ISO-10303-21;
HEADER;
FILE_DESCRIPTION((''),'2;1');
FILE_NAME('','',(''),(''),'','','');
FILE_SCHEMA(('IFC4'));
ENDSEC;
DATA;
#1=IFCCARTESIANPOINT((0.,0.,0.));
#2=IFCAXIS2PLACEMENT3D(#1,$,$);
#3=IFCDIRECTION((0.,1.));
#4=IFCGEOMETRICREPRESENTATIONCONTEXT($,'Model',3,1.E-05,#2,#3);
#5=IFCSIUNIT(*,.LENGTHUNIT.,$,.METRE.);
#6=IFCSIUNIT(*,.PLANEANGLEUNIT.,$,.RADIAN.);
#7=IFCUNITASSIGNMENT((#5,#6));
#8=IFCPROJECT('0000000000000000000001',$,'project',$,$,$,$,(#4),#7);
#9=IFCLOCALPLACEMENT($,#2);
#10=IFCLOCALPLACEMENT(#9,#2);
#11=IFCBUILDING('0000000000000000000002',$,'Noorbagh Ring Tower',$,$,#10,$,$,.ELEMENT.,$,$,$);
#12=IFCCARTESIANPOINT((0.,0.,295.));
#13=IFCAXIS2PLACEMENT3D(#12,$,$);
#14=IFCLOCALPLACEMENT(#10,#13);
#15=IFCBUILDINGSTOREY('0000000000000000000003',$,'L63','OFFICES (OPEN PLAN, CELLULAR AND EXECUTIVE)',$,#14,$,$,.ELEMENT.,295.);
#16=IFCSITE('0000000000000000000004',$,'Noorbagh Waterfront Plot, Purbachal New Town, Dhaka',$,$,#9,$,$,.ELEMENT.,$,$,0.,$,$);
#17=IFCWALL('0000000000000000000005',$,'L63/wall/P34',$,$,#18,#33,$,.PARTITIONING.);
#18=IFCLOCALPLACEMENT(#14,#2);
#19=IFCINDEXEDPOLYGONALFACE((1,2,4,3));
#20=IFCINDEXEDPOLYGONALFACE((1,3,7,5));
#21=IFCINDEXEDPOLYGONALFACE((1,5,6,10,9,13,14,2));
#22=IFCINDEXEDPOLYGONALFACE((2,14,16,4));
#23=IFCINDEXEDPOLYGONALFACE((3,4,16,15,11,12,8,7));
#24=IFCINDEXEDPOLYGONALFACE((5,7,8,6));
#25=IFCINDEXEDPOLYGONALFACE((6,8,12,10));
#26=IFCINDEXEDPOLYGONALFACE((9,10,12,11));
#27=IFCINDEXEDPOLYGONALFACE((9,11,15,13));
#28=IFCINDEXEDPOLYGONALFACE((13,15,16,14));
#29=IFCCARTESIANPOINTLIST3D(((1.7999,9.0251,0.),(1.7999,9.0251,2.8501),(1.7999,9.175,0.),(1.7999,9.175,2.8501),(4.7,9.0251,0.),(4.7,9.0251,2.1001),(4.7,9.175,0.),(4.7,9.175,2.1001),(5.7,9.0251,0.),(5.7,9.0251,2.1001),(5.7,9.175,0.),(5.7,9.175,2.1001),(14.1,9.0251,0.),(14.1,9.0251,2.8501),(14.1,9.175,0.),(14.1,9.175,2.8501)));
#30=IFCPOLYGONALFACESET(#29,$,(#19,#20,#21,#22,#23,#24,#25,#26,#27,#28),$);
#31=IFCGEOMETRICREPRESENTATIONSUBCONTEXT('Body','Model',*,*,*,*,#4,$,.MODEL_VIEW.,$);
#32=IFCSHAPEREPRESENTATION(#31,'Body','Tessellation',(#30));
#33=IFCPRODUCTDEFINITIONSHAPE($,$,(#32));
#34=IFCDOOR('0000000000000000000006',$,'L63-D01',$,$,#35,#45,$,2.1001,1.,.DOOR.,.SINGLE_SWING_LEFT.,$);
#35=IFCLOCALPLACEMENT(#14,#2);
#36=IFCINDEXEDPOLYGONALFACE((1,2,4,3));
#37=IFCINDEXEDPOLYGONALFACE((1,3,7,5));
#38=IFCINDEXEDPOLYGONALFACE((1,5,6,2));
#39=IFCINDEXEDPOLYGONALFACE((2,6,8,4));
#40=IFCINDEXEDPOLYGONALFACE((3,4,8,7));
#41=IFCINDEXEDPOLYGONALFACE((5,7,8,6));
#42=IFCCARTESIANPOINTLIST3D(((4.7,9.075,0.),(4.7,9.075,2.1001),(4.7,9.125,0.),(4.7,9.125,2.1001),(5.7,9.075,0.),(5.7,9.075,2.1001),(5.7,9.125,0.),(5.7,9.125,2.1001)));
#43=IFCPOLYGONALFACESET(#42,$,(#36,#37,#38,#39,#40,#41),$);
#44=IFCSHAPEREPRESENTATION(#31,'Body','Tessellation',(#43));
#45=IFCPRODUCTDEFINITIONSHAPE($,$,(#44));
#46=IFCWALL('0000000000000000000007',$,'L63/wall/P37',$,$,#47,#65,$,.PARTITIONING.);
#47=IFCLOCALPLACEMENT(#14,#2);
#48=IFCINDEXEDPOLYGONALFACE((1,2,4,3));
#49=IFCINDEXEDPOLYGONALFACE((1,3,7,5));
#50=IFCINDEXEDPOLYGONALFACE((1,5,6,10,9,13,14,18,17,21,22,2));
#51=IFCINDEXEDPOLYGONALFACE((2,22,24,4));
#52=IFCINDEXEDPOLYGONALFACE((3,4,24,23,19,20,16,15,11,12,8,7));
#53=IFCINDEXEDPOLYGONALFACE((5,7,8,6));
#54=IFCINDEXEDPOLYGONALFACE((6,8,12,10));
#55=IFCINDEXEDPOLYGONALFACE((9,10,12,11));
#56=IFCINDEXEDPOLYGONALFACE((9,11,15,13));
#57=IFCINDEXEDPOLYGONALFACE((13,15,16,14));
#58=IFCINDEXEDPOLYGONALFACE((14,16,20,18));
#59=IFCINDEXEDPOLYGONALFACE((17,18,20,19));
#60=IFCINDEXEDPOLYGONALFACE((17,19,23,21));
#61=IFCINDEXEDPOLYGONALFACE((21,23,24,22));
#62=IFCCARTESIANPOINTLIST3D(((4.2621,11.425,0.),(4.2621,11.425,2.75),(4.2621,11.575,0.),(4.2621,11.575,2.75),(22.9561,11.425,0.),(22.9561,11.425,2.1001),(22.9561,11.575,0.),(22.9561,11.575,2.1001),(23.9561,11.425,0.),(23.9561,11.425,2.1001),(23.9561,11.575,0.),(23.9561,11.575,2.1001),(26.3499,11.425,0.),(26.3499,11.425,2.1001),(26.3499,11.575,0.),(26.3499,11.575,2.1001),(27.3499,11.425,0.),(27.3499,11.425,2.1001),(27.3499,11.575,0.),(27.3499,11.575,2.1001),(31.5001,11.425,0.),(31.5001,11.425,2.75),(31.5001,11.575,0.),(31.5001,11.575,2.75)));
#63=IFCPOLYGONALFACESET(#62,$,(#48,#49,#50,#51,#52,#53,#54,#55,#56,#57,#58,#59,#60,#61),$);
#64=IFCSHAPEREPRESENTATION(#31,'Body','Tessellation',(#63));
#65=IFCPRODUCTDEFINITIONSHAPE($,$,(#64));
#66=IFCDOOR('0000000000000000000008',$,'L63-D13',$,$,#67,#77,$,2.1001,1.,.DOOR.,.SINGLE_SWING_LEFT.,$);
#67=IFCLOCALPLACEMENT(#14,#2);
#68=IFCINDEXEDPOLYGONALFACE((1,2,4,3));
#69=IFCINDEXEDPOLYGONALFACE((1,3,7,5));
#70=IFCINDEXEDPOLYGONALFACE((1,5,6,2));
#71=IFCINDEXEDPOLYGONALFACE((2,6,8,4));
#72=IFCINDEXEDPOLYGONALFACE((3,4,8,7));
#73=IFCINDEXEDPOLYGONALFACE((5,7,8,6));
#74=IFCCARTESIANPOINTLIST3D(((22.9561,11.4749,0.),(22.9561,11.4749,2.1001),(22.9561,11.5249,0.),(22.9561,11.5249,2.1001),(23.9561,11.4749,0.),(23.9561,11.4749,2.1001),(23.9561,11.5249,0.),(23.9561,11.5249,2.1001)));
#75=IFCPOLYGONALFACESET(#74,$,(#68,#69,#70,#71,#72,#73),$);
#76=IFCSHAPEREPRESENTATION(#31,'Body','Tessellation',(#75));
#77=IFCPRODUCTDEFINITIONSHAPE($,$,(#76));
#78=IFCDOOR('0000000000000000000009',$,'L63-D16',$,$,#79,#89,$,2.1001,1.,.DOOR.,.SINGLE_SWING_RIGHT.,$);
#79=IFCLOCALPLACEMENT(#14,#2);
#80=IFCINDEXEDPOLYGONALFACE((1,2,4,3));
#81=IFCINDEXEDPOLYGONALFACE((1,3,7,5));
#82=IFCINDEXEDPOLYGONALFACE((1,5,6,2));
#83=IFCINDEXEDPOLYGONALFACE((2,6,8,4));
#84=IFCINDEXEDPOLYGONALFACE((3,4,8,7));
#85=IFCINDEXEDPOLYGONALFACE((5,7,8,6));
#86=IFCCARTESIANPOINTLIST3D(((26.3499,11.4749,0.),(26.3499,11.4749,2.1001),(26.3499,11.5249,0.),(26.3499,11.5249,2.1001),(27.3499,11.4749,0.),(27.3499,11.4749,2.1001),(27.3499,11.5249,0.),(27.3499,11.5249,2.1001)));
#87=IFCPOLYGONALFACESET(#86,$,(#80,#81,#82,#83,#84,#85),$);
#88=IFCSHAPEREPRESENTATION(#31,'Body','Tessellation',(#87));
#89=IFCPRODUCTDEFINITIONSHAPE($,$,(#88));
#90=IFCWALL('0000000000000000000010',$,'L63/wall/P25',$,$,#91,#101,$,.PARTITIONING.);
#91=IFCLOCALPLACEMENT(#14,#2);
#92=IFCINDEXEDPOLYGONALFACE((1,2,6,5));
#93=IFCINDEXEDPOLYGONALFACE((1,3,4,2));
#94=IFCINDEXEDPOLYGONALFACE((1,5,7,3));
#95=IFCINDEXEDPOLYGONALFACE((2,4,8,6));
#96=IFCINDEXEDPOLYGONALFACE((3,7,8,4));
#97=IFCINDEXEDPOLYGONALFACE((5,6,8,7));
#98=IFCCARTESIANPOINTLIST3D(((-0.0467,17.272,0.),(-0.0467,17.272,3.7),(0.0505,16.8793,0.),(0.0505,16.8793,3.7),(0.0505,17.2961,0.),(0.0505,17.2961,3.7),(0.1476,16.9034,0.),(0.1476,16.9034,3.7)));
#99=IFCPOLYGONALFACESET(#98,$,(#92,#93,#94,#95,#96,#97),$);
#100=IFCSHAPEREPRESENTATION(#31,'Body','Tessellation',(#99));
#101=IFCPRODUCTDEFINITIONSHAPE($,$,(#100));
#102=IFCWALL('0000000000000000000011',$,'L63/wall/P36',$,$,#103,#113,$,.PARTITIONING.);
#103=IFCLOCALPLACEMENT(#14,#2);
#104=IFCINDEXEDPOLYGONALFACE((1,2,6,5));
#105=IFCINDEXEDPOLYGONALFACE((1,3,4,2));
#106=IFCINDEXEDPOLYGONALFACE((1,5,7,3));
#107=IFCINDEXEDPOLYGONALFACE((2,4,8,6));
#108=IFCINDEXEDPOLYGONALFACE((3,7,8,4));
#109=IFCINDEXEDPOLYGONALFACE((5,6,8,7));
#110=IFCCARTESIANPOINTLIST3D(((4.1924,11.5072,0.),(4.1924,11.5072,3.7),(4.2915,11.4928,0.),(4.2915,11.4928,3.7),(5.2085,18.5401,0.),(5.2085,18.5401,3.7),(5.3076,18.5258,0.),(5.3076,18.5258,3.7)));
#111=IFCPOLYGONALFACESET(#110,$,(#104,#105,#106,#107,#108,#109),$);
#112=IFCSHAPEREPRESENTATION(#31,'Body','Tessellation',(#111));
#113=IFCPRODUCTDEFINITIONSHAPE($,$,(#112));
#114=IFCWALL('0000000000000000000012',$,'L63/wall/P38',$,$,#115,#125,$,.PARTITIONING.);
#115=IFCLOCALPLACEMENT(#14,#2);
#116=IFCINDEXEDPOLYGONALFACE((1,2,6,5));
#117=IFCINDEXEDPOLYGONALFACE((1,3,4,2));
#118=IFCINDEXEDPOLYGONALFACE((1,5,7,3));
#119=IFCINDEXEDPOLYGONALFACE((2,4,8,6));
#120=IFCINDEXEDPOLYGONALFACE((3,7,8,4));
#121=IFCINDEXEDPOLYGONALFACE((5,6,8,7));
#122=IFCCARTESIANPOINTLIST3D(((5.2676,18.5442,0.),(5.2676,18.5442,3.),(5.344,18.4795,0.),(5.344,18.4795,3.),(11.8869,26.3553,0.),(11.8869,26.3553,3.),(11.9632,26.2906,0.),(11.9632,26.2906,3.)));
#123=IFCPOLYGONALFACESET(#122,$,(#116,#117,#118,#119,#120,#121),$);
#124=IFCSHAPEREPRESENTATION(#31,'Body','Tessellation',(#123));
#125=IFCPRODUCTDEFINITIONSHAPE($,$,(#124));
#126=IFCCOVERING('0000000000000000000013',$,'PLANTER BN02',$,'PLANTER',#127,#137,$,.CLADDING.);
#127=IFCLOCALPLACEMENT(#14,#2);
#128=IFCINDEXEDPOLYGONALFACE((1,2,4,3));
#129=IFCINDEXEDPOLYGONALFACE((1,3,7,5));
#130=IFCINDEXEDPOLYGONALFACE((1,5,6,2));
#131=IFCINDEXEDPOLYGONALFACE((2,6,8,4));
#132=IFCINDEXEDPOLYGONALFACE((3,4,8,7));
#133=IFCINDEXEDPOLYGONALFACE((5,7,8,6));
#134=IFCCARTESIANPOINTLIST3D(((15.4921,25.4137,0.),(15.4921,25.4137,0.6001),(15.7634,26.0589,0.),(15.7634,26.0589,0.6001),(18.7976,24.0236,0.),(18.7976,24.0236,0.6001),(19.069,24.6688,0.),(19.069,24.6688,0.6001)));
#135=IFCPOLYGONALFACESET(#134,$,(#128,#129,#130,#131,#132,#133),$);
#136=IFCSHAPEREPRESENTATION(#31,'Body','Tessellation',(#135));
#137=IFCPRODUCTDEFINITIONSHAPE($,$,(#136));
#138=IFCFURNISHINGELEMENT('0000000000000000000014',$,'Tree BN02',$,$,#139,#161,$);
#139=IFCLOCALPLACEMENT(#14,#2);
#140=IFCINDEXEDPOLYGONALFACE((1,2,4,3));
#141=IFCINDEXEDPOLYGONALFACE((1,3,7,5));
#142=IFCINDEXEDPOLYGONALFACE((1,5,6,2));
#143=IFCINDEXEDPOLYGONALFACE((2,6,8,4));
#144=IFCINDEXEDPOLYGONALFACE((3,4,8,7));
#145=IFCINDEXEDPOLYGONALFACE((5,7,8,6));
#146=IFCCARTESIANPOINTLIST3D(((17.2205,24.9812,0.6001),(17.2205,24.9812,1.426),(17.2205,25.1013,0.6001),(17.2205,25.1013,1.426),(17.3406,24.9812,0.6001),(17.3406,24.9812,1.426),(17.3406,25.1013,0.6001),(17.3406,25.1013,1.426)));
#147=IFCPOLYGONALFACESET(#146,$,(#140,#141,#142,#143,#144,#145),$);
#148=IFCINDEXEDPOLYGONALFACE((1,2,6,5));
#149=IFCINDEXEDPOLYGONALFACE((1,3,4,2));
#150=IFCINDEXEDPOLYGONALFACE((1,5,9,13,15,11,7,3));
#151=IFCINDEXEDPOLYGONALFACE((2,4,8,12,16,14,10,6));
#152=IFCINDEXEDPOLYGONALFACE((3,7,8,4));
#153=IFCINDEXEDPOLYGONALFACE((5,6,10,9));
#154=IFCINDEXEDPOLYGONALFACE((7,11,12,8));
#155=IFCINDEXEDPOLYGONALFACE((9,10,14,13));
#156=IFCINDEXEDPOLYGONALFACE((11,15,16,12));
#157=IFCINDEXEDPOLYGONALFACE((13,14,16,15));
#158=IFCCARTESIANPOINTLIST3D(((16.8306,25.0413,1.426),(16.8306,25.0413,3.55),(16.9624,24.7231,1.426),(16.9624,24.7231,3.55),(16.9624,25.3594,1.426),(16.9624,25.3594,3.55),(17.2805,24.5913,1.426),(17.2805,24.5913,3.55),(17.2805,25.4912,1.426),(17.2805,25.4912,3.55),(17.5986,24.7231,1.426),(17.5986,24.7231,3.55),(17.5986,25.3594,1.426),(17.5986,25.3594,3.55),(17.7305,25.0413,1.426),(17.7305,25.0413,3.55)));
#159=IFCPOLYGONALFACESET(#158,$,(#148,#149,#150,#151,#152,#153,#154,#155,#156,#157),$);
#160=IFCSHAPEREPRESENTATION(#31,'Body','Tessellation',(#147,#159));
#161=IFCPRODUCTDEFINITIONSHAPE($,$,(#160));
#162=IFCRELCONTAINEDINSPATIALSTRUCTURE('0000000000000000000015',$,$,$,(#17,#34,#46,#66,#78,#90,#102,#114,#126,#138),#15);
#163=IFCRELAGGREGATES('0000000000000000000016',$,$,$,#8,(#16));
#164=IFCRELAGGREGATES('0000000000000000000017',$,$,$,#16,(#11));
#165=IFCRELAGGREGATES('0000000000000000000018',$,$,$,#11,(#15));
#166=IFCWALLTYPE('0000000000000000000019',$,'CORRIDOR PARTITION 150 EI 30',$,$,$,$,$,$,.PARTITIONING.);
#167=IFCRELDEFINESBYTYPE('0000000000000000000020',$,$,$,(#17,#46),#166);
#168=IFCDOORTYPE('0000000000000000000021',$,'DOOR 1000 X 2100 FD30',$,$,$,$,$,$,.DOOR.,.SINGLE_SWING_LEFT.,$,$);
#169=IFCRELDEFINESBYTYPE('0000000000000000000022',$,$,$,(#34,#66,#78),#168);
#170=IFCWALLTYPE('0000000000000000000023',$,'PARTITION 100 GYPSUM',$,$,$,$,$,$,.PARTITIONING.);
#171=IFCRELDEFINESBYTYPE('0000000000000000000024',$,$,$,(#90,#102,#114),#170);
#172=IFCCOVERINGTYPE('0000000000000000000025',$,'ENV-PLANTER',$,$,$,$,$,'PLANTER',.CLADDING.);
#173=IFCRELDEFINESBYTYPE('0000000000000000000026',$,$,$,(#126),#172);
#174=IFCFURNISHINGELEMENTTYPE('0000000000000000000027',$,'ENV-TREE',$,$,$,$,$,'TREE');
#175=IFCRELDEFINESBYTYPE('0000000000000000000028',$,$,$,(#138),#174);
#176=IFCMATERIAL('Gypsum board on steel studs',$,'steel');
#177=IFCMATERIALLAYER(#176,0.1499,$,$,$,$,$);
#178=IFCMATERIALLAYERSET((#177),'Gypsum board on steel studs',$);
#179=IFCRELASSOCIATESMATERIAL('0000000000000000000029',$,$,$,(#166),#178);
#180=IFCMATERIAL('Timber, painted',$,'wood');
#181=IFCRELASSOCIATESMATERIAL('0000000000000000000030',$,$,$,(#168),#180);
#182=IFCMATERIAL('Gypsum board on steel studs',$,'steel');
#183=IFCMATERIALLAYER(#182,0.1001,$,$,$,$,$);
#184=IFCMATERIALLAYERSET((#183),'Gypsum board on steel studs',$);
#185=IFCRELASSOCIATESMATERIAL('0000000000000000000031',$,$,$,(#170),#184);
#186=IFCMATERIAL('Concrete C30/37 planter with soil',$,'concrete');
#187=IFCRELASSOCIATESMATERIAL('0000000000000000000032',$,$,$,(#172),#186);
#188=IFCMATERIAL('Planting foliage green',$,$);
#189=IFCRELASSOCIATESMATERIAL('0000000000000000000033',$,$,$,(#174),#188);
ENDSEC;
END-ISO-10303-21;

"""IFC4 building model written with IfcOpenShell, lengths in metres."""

from ifc_helpers import new_model, si_unit, direction, frame, frame_2d, origin, origin_2d, place, context, subcontext, project, spatial, polyline, rectangle, outline, extrude, material, layer, layer_set, type_object, element, fill, save


model = new_model("IFC4")

# Units and contexts
model_context = context("Model", 3, precision=1e-05, world=origin(), true_north=direction((0.0, 1.0)))
body_context = subcontext(model_context, "Body", "Model", "MODEL_VIEW")
ifc_project = project(units=[si_unit("LENGTHUNIT", "METRE"), si_unit("PLANEANGLEUNIT", "RADIAN")], contexts=[model_context])

# Site, building, storey
site_placement = place(None, origin())
site = spatial("IfcSite", under=ifc_project, at=site_placement, Name="Noorbagh Waterfront Plot, Purbachal New Town, Dhaka", CompositionType="ELEMENT", RefElevation=0.0)
building_placement = place(site_placement, origin())
building = spatial("IfcBuilding", under=site, at=building_placement, Name="Noorbagh Ring Tower", CompositionType="ELEMENT")
storey_placement = place(building_placement, frame((0.0, 0.0, 295.0)))
storey = spatial("IfcBuildingStorey", under=building, at=storey_placement, Name="L63", Description="OFFICES (OPEN PLAN, CELLULAR AND EXECUTIVE)", CompositionType="ELEMENT", Elevation=295.0)

# Wall, opening, door
ifc_material_1 = material(Name="Gypsum board on steel studs", Category="steel")
ifc_layer_1 = layer(ifc_material_1, 0.1499)
ifc_layer_set_1 = layer_set([ifc_layer_1], Name="Gypsum board on steel studs")
wall_type_1 = type_object("IfcWallType", Name="CORRIDOR PARTITION 150 EI 30", PredefinedType="PARTITIONING", material=ifc_layer_set_1)
wall_1_placement = place(storey_placement, frame((1.8, 9.1001, 0.0), z_axis=(0.0, 0.0, 1.0), x_axis=(1.0, 0.0, 0.0)))
wall_1 = element("IfcWall", 1, at=wall_1_placement, inside=storey, type_object=wall_type_1, Name="L63/wall/P34", PredefinedType="PARTITIONING", context=body_context, shape_type="SweptSolid", body=[
    extrude(rectangle(XDim=12.3, YDim=0.1499, at=frame_2d((6.1499, 0.0))), origin(), (0.0, 0.0, 1.0), 2.8501),
])
opening_1_placement = place(wall_1_placement, frame((2.8999, 0.0, 0.0)))
opening_1 = element("IfcOpeningElement", 2, at=opening_1_placement, cuts=wall_1, PredefinedType="OPENING", context=body_context, shape_type="SweptSolid", body=[
    extrude(rectangle(XDim=1.0, YDim=2.1001, at=frame_2d((0.5, 1.05))), frame((0.0, 0.085, 0.0), z_axis=(0.0, -1.0, 0.0), x_axis=(1.0, 0.0, 0.0)), (0.0, 0.0, 1.0), 0.1699),
])
ifc_material_2 = material(Name="Timber, painted", Category="wood")
door_type_1 = type_object("IfcDoorType", Name="DOOR 1000 X 2100 FD30", OperationType="SINGLE_SWING_LEFT", PredefinedType="DOOR", material=ifc_material_2)
door_1_placement = place(opening_1_placement, origin())
door_1 = element("IfcDoor", 3, at=door_1_placement, inside=storey, type_object=door_type_1, Name="L63-D01", OperationType="SINGLE_SWING_LEFT", OverallHeight=2.1001, OverallWidth=1.0, PredefinedType="DOOR", context=body_context, shape_type="SweptSolid", body=[
    extrude(rectangle(XDim=1.0, YDim=2.1001, at=frame_2d((0.5, 1.05))), frame((0.0, 0.0249, 0.0), z_axis=(0.0, -1.0, 0.0), x_axis=(1.0, 0.0, 0.0)), (0.0, 0.0, 1.0), 0.05),
])
fill(opening_1, door_1)

# Wall, openings, doors
wall_2_placement = place(storey_placement, frame((4.262, 11.5, 0.0), z_axis=(0.0, 0.0, 1.0), x_axis=(1.0, 0.0, 0.0)))
wall_2 = element("IfcWall", 4, at=wall_2_placement, inside=storey, type_object=wall_type_1, Name="L63/wall/P37", PredefinedType="PARTITIONING", context=body_context, shape_type="SweptSolid", body=[
    extrude(rectangle(XDim=27.238, YDim=0.1499, at=frame_2d((13.6191, 0.0))), origin(), (0.0, 0.0, 1.0), 2.75),
])
opening_2_placement = place(wall_2_placement, frame((18.6941, 0.0, 0.0)))
opening_2 = element("IfcOpeningElement", 5, at=opening_2_placement, cuts=wall_2, PredefinedType="OPENING", context=body_context, shape_type="SweptSolid", body=[
    extrude(rectangle(XDim=1.0, YDim=2.1001, at=frame_2d((0.5, 1.05))), frame((0.0, 0.085, 0.0), z_axis=(0.0, -1.0, 0.0), x_axis=(1.0, 0.0, 0.0)), (0.0, 0.0, 1.0), 0.1699),
])
opening_3_placement = place(wall_2_placement, frame((22.0879, 0.0, 0.0)))
opening_3 = element("IfcOpeningElement", 6, at=opening_3_placement, cuts=wall_2, PredefinedType="OPENING", context=body_context, shape_type="SweptSolid", body=[
    extrude(rectangle(XDim=1.0, YDim=2.1001, at=frame_2d((0.5, 1.05))), frame((0.0, 0.085, 0.0), z_axis=(0.0, -1.0, 0.0), x_axis=(1.0, 0.0, 0.0)), (0.0, 0.0, 1.0), 0.1699),
])
door_2_placement = place(opening_2_placement, origin())
door_2 = element("IfcDoor", 7, at=door_2_placement, inside=storey, type_object=door_type_1, Name="L63-D13", OperationType="SINGLE_SWING_LEFT", OverallHeight=2.1001, OverallWidth=1.0, PredefinedType="DOOR", context=body_context, shape_type="SweptSolid", body=[
    extrude(rectangle(XDim=1.0, YDim=2.1001, at=frame_2d((0.5, 1.05))), frame((0.0, 0.0249, 0.0), z_axis=(0.0, -1.0, 0.0), x_axis=(1.0, 0.0, 0.0)), (0.0, 0.0, 1.0), 0.05),
])
fill(opening_2, door_2)
door_3_placement = place(opening_3_placement, origin())
door_3 = element("IfcDoor", 8, at=door_3_placement, inside=storey, type_object=door_type_1, Name="L63-D16", OperationType="SINGLE_SWING_RIGHT", OverallHeight=2.1001, OverallWidth=1.0, PredefinedType="DOOR", context=body_context, shape_type="SweptSolid", body=[
    extrude(rectangle(XDim=1.0, YDim=2.1001, at=frame_2d((0.5, 1.05))), frame((0.0, 0.0249, 0.0), z_axis=(0.0, -1.0, 0.0), x_axis=(1.0, 0.0, 0.0)), (0.0, 0.0, 1.0), 0.05),
])
fill(opening_3, door_3)

# Walls
ifc_material_3 = material(Name="Gypsum board on steel studs", Category="steel")
ifc_layer_2 = layer(ifc_material_3, 0.1001)
ifc_layer_set_2 = layer_set([ifc_layer_2], Name="Gypsum board on steel studs")
wall_type_2 = type_object("IfcWallType", Name="PARTITION 100 GYPSUM", PredefinedType="PARTITIONING", material=ifc_layer_set_2)
wall_3_placement = place(storey_placement, frame((0.002, 17.2839, 0.0), z_axis=(0.0, 0.0, 1.0), x_axis=(0.240122, -0.970743, 0.0)))
element("IfcWall", 9, at=wall_3_placement, inside=storey, type_object=wall_type_2, Name="L63/wall/P25", PredefinedType="PARTITIONING", context=body_context, shape_type="SweptSolid", body=[
    extrude(rectangle(XDim=0.4045, YDim=0.1001, at=frame_2d((0.2021, 0.0))), origin(), (0.0, 0.0, 1.0), 3.7),
])
wall_4_placement = place(storey_placement, frame((4.2419, 11.5, 0.0), z_axis=(0.0, 0.0, 1.0), x_axis=(0.142994, 0.989724, 0.0)))
element("IfcWall", 10, at=wall_4_placement, inside=storey, type_object=wall_type_2, Name="L63/wall/P36", PredefinedType="PARTITIONING", context=body_context, shape_type="SweptSolid", body=[
    extrude(rectangle(XDim=7.106, YDim=0.1001, at=frame_2d((3.553, 0.0))), origin(), (0.0, 0.0, 1.0), 3.7),
])
wall_5_placement = place(storey_placement, frame((5.3059, 18.512, 0.0), z_axis=(0.0, 0.0, 1.0), x_axis=(0.6465, 0.762914, 0.0)))
element("IfcWall", 11, at=wall_5_placement, inside=storey, type_object=wall_type_2, Name="L63/wall/P38", PredefinedType="PARTITIONING", context=body_context, shape_type="SweptSolid", body=[
    extrude(rectangle(XDim=10.2385, YDim=0.1001, at=frame_2d((5.1191, 0.0))), origin(), (0.0, 0.0, 1.0), 3.0),
])

# Covering
ifc_material_4 = material(Name="Concrete C30/37 planter with soil", Category="concrete")
covering_type = type_object("IfcCoveringType", Name="ENV-PLANTER", ElementType="PLANTER", PredefinedType="CLADDING", material=ifc_material_4)
covering_placement = place(storey_placement, frame((17.2805, 25.0413, 0.0), z_axis=(0.0, 0.0, 1.0), x_axis=(-0.921812, 0.387638, 0.0)))
element("IfcCovering", 12, at=covering_placement, inside=storey, type_object=covering_type, Name="PLANTER BN02", ObjectType="PLANTER", PredefinedType="CLADDING", context=body_context, shape_type="SweptSolid", body=[
    extrude(rectangle(XDim=3.5859, YDim=0.7, at=origin_2d()), origin(), (0.0, 0.0, 1.0), 0.6001),
])

# Furnishing element
ifc_material_5 = material(Name="Planting foliage green")
furnishing_element_type = type_object("IfcFurnishingElementType", Name="ENV-TREE", ElementType="TREE", material=ifc_material_5)
furnishing_placement = place(storey_placement, frame((17.2805, 25.0413, 0.6001), z_axis=(0.0, 0.0, 1.0), x_axis=(1.0, 0.0, 0.0)))
element("IfcFurnishingElement", 13, at=furnishing_placement, inside=storey, type_object=furnishing_element_type, Name="Tree BN02", context=body_context, shape_type="SweptSolid", body=[
    extrude(rectangle(XDim=0.1201, YDim=0.1201, at=origin_2d()), origin(), (0.0, 0.0, 1.0), 0.8259),
    extrude(outline(polyline([(0.45, 0.0), (0.3181, 0.3181), (0.0, 0.45), (-0.3181, 0.3181), (-0.45, 0.0), (-0.3181, -0.3181), (0.0, -0.45), (0.3181, -0.3181), (0.45, 0.0)])), frame((0.0, 0.0, 0.8259)), (0.0, 0.0, 1.0), 2.124),
])

save(model, "model.ifc")
